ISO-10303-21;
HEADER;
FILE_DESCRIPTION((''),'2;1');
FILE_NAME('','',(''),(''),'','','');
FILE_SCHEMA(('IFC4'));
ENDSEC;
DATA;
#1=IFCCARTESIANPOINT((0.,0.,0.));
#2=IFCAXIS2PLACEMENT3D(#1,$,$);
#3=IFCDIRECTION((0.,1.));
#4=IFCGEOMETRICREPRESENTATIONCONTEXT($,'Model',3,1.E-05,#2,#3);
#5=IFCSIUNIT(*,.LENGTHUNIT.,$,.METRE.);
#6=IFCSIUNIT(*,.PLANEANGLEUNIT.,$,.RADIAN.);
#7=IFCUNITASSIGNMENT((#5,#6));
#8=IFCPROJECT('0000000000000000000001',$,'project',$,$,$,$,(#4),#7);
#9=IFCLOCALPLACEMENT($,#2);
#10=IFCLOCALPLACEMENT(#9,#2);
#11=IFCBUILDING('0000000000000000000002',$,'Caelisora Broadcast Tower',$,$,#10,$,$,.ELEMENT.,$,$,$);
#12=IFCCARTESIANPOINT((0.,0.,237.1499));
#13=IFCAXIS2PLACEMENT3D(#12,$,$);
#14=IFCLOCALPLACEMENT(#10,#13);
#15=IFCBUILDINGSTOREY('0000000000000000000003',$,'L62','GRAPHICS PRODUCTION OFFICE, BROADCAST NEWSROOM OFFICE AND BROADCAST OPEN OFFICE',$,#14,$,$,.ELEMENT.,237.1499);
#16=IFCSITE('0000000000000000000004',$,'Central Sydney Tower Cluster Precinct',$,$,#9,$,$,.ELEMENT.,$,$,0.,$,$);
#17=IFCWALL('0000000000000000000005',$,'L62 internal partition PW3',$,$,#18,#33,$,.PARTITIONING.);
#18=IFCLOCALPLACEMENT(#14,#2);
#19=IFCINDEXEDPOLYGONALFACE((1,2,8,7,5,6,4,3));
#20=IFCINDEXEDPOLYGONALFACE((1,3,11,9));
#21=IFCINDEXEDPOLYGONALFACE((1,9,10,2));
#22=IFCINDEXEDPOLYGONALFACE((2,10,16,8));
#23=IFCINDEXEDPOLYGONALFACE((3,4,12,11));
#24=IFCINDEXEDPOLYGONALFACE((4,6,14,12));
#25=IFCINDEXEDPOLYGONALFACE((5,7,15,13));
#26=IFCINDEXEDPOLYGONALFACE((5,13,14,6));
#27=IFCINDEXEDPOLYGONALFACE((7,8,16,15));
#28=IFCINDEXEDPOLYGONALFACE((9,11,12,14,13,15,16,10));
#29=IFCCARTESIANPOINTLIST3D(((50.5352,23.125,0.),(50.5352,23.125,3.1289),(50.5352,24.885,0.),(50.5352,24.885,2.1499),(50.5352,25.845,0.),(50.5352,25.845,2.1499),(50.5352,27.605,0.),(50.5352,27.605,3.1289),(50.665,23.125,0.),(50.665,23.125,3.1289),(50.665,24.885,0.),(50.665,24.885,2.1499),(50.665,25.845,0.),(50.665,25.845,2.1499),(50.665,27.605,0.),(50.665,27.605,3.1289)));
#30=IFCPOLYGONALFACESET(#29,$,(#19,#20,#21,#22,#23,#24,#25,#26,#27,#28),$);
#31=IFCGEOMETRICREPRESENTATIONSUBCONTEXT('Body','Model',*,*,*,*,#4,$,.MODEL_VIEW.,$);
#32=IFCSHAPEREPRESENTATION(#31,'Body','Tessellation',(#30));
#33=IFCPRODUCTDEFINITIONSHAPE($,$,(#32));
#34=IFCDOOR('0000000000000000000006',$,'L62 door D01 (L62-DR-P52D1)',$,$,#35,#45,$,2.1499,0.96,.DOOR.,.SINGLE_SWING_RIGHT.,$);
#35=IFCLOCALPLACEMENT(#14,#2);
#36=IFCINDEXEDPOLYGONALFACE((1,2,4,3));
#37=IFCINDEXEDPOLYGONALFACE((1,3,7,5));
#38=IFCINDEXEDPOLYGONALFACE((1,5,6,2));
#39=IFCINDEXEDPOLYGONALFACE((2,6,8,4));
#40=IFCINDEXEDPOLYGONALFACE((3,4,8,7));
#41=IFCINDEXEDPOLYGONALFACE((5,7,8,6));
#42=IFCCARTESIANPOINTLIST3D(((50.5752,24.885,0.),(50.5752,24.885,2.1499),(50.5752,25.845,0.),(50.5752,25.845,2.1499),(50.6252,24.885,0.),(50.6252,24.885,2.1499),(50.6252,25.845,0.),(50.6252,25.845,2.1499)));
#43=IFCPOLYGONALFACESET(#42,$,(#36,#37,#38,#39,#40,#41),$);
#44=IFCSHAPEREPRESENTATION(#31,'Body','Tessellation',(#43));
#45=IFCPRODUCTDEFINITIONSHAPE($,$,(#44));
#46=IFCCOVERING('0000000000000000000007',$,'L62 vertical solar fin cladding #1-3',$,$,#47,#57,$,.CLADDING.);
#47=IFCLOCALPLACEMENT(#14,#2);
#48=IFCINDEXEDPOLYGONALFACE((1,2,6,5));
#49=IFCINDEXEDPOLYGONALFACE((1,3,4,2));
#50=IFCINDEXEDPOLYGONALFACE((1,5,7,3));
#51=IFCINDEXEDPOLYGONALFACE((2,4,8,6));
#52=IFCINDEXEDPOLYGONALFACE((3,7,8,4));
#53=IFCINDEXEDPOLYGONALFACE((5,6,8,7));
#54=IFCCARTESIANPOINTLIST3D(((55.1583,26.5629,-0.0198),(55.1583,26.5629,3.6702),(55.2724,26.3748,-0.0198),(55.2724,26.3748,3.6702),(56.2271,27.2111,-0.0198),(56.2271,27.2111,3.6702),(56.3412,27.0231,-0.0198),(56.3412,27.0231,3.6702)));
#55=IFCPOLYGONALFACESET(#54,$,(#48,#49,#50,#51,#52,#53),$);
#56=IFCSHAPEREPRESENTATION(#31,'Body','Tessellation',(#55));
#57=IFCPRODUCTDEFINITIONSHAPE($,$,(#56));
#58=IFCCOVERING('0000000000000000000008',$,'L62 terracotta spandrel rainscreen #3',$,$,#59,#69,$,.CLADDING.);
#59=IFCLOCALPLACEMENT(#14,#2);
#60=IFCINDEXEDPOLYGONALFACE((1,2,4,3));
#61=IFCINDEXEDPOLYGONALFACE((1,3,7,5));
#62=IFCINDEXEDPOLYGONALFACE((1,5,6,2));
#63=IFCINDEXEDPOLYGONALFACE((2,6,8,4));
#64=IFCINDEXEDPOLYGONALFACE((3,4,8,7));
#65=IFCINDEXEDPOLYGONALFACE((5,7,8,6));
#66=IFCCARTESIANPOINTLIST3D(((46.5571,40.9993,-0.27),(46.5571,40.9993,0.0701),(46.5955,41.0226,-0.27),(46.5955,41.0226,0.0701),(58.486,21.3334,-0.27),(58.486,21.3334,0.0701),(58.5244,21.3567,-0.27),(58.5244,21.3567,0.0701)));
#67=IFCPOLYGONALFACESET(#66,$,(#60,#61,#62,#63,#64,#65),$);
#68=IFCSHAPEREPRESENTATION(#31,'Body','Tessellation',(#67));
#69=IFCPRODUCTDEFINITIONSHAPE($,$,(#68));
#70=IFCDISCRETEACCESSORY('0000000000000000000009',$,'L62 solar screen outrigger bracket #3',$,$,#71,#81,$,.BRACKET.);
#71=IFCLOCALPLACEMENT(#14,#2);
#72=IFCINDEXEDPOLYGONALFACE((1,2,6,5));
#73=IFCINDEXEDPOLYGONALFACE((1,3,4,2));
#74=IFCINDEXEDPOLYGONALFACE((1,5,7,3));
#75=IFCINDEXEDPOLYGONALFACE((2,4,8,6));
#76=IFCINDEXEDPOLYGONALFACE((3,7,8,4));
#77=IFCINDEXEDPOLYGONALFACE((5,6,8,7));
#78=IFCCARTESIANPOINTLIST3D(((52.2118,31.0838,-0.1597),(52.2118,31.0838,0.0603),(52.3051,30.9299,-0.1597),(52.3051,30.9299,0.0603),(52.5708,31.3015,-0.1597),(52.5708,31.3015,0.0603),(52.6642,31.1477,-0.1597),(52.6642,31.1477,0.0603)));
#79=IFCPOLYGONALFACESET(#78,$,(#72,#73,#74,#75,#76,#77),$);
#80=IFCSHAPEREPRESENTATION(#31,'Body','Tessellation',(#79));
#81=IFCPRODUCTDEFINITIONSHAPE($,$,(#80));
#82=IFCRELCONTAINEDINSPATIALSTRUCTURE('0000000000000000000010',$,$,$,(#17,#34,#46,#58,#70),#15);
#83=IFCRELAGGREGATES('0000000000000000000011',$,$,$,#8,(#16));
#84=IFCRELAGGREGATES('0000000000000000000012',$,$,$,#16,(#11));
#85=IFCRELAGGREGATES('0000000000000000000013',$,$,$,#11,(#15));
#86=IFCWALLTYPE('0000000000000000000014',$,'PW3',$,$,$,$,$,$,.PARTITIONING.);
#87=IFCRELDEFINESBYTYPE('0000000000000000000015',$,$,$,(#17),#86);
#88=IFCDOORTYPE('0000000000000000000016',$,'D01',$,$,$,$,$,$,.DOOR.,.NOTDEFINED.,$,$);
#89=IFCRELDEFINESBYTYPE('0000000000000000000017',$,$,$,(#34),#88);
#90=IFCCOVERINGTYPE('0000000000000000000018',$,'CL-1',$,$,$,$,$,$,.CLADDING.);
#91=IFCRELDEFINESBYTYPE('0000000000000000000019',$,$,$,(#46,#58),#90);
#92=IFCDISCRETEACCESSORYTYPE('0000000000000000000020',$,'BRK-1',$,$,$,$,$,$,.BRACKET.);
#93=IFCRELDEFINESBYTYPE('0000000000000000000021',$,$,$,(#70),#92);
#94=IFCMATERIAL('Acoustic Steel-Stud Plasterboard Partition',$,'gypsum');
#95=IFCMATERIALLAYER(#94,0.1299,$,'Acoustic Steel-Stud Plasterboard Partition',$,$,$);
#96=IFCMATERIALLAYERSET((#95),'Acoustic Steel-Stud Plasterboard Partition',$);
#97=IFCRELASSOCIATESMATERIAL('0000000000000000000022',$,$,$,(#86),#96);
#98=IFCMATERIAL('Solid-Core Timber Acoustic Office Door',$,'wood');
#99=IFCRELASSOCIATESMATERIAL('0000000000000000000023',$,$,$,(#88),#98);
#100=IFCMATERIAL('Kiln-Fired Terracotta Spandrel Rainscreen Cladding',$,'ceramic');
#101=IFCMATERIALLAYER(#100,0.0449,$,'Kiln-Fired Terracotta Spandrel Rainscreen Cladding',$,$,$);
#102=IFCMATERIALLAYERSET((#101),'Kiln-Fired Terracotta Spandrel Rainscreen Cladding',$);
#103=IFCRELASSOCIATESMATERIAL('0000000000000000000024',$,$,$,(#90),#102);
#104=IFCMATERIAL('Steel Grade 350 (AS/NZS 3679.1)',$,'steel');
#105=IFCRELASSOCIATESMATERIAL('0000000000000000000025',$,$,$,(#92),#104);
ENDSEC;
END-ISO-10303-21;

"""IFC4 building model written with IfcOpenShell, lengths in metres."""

from ifc_helpers import new_model, si_unit, direction, frame, frame_2d, origin, origin_2d, place, context, subcontext, project, spatial, rectangle, extrude, source, transform, mapped, material, layer, layer_set, type_object, type_shapes, element, fill, save


model = new_model("IFC4")

# Units and contexts
model_context = context("Model", 3, precision=1e-05, world=origin(), true_north=direction((0.0, 1.0)))
body_context = subcontext(model_context, "Body", "Model", "MODEL_VIEW")
ifc_project = project(units=[si_unit("LENGTHUNIT", "METRE"), si_unit("PLANEANGLEUNIT", "RADIAN")], contexts=[model_context])

# Site, building, storey
site_placement = place(None, origin())
site = spatial("IfcSite", under=ifc_project, at=site_placement, Name="Central Sydney Tower Cluster Precinct", CompositionType="ELEMENT", RefElevation=0.0)
building_placement = place(site_placement, origin())
building = spatial("IfcBuilding", under=site, at=building_placement, Name="Caelisora Broadcast Tower", CompositionType="ELEMENT")
storey_placement = place(building_placement, frame((0.0, 0.0, 237.1499)))
storey = spatial("IfcBuildingStorey", under=building, at=storey_placement, Name="L62", Description="GRAPHICS PRODUCTION OFFICE, BROADCAST NEWSROOM OFFICE AND BROADCAST OPEN OFFICE", CompositionType="ELEMENT", Elevation=237.1499)

# Shared definitions
ifc_material_1 = material(Name="Steel Grade 350 (AS/NZS 3679.1)", Category="steel")

# Shared definitions
ifc_material_2 = material(Name="Acoustic Steel-Stud Plasterboard Partition", Category="gypsum")
ifc_layer_1 = layer(ifc_material_2, 0.1299, Name="Acoustic Steel-Stud Plasterboard Partition")
ifc_layer_set_1 = layer_set([ifc_layer_1], Name="Acoustic Steel-Stud Plasterboard Partition")
wall_type_1 = type_object("IfcWallType", Name="PW3", PredefinedType="PARTITIONING", material=ifc_layer_set_1)

# Wall, opening, door
wall_1_placement = place(storey_placement, frame((50.6001, 23.125, 0.0), z_axis=(0.0, 0.0, 1.0), x_axis=(0.0, 1.0, 0.0)))
wall_1 = element("IfcWall", 1, at=wall_1_placement, inside=storey, type_object=wall_type_1, Name="L62 internal partition PW3", PredefinedType="PARTITIONING", context=body_context, shape_type="SweptSolid", body=[
    extrude(rectangle(XDim=4.48, YDim=0.1299, at=frame_2d((2.24, 0.0))), origin(), (0.0, 0.0, 1.0), 3.1289),
])
opening_1_placement = place(wall_1_placement, frame((1.76, 0.0, 0.0)))
opening_1 = element("IfcOpeningElement", 2, at=opening_1_placement, cuts=wall_1, PredefinedType="OPENING", context=body_context, shape_type="SweptSolid", body=[
    extrude(rectangle(XDim=0.96, YDim=2.1499, at=frame_2d((0.48, 1.075))), frame((0.0, 0.0769, 0.0), z_axis=(0.0, -1.0, 0.0), x_axis=(1.0, 0.0, 0.0)), (0.0, 0.0, 1.0), 0.1538),
])
ifc_material_3 = material(Name="Solid-Core Timber Acoustic Office Door", Category="wood")
door_type_1 = type_object("IfcDoorType", Name="D01", OperationType="NOTDEFINED", PredefinedType="DOOR", material=ifc_material_3)
door_1_placement = place(opening_1_placement, origin())
door_1 = element("IfcDoor", 3, at=door_1_placement, inside=storey, type_object=door_type_1, Name="L62 door D01 (L62-DR-P52D1)", OperationType="SINGLE_SWING_RIGHT", OverallHeight=2.1499, OverallWidth=0.96, PredefinedType="DOOR", context=body_context, shape_type="SweptSolid", body=[
    extrude(rectangle(XDim=0.96, YDim=2.1499, at=frame_2d((0.48, 1.075))), frame((0.0, 0.0249, 0.0), z_axis=(0.0, -1.0, 0.0), x_axis=(1.0, 0.0, 0.0)), (0.0, 0.0, 1.0), 0.05),
])
fill(opening_1, door_1)

# Coverings
ifc_material_4 = material(Name="Kiln-Fired Terracotta Spandrel Rainscreen Cladding", Category="ceramic")
ifc_layer_2 = layer(ifc_material_4, 0.0449, Name="Kiln-Fired Terracotta Spandrel Rainscreen Cladding")
ifc_layer_set_2 = layer_set([ifc_layer_2], Name="Kiln-Fired Terracotta Spandrel Rainscreen Cladding")
covering_type = type_object("IfcCoveringType", Name="CL-1", PredefinedType="CLADDING", material=ifc_layer_set_2)
shared_shape_1 = source(origin(), body_context, "Body", "SweptSolid", [
    extrude(rectangle(XDim=0.22, YDim=1.25, at=origin_2d()), origin(), (0.0, 0.0, 1.0), 3.6899),
])
covering_1_placement = place(storey_placement, frame((55.7498, 26.793, -0.0198), z_axis=(0.0, 0.0, 1.0), x_axis=(0.518624, -0.855002, 0.0)))
element("IfcCovering", 4, at=covering_1_placement, inside=storey, type_object=covering_type, Name="L62 vertical solar fin cladding #1-3", PredefinedType="CLADDING", context=body_context, shape_type="MappedRepresentation", body=[
    mapped(shared_shape_1, transform((0.0, 0.0, 0.0), scale=1.0)),
])
shared_shape_2 = source(origin(), body_context, "Body", "SweptSolid", [
    extrude(rectangle(XDim=23.001, YDim=0.0449, at=origin_2d()), origin(), (0.0, 0.0, 1.0), 0.3401),
])
type_shapes(covering_type, [shared_shape_1, shared_shape_2])
covering_2_placement = place(storey_placement, frame((52.5408, 31.178, -0.27), z_axis=(0.0, 0.0, 1.0), x_axis=(-0.518624, 0.855002, 0.0)))
element("IfcCovering", 5, at=covering_2_placement, inside=storey, type_object=covering_type, Name="L62 terracotta spandrel rainscreen #3", PredefinedType="CLADDING", context=body_context, shape_type="MappedRepresentation", body=[
    mapped(shared_shape_2, transform((0.0, 0.0, 0.0), scale=1.0)),
])

# Discrete accessory
discrete_accessory_type = type_object("IfcDiscreteAccessoryType", Name="BRK-1", PredefinedType="BRACKET", material=ifc_material_1)
shared_shape_3 = source(origin(), body_context, "Body", "SweptSolid", [
    extrude(rectangle(XDim=0.1799, YDim=0.4199, at=origin_2d()), origin(), (0.0, 0.0, 1.0), 0.22),
])
type_shapes(discrete_accessory_type, [shared_shape_3])
discrete_accessory_placement = place(storey_placement, frame((52.438, 31.1157, -0.1597), z_axis=(0.0, 0.0, 1.0), x_axis=(-0.518624, 0.855002, 0.0)))
element("IfcDiscreteAccessory", 6, at=discrete_accessory_placement, inside=storey, type_object=discrete_accessory_type, Name="L62 solar screen outrigger bracket #3", PredefinedType="BRACKET", context=body_context, shape_type="MappedRepresentation", body=[
    mapped(shared_shape_3, transform((0.0, 0.0, 0.0), scale=1.0)),
])

save(model, "model.ifc")
